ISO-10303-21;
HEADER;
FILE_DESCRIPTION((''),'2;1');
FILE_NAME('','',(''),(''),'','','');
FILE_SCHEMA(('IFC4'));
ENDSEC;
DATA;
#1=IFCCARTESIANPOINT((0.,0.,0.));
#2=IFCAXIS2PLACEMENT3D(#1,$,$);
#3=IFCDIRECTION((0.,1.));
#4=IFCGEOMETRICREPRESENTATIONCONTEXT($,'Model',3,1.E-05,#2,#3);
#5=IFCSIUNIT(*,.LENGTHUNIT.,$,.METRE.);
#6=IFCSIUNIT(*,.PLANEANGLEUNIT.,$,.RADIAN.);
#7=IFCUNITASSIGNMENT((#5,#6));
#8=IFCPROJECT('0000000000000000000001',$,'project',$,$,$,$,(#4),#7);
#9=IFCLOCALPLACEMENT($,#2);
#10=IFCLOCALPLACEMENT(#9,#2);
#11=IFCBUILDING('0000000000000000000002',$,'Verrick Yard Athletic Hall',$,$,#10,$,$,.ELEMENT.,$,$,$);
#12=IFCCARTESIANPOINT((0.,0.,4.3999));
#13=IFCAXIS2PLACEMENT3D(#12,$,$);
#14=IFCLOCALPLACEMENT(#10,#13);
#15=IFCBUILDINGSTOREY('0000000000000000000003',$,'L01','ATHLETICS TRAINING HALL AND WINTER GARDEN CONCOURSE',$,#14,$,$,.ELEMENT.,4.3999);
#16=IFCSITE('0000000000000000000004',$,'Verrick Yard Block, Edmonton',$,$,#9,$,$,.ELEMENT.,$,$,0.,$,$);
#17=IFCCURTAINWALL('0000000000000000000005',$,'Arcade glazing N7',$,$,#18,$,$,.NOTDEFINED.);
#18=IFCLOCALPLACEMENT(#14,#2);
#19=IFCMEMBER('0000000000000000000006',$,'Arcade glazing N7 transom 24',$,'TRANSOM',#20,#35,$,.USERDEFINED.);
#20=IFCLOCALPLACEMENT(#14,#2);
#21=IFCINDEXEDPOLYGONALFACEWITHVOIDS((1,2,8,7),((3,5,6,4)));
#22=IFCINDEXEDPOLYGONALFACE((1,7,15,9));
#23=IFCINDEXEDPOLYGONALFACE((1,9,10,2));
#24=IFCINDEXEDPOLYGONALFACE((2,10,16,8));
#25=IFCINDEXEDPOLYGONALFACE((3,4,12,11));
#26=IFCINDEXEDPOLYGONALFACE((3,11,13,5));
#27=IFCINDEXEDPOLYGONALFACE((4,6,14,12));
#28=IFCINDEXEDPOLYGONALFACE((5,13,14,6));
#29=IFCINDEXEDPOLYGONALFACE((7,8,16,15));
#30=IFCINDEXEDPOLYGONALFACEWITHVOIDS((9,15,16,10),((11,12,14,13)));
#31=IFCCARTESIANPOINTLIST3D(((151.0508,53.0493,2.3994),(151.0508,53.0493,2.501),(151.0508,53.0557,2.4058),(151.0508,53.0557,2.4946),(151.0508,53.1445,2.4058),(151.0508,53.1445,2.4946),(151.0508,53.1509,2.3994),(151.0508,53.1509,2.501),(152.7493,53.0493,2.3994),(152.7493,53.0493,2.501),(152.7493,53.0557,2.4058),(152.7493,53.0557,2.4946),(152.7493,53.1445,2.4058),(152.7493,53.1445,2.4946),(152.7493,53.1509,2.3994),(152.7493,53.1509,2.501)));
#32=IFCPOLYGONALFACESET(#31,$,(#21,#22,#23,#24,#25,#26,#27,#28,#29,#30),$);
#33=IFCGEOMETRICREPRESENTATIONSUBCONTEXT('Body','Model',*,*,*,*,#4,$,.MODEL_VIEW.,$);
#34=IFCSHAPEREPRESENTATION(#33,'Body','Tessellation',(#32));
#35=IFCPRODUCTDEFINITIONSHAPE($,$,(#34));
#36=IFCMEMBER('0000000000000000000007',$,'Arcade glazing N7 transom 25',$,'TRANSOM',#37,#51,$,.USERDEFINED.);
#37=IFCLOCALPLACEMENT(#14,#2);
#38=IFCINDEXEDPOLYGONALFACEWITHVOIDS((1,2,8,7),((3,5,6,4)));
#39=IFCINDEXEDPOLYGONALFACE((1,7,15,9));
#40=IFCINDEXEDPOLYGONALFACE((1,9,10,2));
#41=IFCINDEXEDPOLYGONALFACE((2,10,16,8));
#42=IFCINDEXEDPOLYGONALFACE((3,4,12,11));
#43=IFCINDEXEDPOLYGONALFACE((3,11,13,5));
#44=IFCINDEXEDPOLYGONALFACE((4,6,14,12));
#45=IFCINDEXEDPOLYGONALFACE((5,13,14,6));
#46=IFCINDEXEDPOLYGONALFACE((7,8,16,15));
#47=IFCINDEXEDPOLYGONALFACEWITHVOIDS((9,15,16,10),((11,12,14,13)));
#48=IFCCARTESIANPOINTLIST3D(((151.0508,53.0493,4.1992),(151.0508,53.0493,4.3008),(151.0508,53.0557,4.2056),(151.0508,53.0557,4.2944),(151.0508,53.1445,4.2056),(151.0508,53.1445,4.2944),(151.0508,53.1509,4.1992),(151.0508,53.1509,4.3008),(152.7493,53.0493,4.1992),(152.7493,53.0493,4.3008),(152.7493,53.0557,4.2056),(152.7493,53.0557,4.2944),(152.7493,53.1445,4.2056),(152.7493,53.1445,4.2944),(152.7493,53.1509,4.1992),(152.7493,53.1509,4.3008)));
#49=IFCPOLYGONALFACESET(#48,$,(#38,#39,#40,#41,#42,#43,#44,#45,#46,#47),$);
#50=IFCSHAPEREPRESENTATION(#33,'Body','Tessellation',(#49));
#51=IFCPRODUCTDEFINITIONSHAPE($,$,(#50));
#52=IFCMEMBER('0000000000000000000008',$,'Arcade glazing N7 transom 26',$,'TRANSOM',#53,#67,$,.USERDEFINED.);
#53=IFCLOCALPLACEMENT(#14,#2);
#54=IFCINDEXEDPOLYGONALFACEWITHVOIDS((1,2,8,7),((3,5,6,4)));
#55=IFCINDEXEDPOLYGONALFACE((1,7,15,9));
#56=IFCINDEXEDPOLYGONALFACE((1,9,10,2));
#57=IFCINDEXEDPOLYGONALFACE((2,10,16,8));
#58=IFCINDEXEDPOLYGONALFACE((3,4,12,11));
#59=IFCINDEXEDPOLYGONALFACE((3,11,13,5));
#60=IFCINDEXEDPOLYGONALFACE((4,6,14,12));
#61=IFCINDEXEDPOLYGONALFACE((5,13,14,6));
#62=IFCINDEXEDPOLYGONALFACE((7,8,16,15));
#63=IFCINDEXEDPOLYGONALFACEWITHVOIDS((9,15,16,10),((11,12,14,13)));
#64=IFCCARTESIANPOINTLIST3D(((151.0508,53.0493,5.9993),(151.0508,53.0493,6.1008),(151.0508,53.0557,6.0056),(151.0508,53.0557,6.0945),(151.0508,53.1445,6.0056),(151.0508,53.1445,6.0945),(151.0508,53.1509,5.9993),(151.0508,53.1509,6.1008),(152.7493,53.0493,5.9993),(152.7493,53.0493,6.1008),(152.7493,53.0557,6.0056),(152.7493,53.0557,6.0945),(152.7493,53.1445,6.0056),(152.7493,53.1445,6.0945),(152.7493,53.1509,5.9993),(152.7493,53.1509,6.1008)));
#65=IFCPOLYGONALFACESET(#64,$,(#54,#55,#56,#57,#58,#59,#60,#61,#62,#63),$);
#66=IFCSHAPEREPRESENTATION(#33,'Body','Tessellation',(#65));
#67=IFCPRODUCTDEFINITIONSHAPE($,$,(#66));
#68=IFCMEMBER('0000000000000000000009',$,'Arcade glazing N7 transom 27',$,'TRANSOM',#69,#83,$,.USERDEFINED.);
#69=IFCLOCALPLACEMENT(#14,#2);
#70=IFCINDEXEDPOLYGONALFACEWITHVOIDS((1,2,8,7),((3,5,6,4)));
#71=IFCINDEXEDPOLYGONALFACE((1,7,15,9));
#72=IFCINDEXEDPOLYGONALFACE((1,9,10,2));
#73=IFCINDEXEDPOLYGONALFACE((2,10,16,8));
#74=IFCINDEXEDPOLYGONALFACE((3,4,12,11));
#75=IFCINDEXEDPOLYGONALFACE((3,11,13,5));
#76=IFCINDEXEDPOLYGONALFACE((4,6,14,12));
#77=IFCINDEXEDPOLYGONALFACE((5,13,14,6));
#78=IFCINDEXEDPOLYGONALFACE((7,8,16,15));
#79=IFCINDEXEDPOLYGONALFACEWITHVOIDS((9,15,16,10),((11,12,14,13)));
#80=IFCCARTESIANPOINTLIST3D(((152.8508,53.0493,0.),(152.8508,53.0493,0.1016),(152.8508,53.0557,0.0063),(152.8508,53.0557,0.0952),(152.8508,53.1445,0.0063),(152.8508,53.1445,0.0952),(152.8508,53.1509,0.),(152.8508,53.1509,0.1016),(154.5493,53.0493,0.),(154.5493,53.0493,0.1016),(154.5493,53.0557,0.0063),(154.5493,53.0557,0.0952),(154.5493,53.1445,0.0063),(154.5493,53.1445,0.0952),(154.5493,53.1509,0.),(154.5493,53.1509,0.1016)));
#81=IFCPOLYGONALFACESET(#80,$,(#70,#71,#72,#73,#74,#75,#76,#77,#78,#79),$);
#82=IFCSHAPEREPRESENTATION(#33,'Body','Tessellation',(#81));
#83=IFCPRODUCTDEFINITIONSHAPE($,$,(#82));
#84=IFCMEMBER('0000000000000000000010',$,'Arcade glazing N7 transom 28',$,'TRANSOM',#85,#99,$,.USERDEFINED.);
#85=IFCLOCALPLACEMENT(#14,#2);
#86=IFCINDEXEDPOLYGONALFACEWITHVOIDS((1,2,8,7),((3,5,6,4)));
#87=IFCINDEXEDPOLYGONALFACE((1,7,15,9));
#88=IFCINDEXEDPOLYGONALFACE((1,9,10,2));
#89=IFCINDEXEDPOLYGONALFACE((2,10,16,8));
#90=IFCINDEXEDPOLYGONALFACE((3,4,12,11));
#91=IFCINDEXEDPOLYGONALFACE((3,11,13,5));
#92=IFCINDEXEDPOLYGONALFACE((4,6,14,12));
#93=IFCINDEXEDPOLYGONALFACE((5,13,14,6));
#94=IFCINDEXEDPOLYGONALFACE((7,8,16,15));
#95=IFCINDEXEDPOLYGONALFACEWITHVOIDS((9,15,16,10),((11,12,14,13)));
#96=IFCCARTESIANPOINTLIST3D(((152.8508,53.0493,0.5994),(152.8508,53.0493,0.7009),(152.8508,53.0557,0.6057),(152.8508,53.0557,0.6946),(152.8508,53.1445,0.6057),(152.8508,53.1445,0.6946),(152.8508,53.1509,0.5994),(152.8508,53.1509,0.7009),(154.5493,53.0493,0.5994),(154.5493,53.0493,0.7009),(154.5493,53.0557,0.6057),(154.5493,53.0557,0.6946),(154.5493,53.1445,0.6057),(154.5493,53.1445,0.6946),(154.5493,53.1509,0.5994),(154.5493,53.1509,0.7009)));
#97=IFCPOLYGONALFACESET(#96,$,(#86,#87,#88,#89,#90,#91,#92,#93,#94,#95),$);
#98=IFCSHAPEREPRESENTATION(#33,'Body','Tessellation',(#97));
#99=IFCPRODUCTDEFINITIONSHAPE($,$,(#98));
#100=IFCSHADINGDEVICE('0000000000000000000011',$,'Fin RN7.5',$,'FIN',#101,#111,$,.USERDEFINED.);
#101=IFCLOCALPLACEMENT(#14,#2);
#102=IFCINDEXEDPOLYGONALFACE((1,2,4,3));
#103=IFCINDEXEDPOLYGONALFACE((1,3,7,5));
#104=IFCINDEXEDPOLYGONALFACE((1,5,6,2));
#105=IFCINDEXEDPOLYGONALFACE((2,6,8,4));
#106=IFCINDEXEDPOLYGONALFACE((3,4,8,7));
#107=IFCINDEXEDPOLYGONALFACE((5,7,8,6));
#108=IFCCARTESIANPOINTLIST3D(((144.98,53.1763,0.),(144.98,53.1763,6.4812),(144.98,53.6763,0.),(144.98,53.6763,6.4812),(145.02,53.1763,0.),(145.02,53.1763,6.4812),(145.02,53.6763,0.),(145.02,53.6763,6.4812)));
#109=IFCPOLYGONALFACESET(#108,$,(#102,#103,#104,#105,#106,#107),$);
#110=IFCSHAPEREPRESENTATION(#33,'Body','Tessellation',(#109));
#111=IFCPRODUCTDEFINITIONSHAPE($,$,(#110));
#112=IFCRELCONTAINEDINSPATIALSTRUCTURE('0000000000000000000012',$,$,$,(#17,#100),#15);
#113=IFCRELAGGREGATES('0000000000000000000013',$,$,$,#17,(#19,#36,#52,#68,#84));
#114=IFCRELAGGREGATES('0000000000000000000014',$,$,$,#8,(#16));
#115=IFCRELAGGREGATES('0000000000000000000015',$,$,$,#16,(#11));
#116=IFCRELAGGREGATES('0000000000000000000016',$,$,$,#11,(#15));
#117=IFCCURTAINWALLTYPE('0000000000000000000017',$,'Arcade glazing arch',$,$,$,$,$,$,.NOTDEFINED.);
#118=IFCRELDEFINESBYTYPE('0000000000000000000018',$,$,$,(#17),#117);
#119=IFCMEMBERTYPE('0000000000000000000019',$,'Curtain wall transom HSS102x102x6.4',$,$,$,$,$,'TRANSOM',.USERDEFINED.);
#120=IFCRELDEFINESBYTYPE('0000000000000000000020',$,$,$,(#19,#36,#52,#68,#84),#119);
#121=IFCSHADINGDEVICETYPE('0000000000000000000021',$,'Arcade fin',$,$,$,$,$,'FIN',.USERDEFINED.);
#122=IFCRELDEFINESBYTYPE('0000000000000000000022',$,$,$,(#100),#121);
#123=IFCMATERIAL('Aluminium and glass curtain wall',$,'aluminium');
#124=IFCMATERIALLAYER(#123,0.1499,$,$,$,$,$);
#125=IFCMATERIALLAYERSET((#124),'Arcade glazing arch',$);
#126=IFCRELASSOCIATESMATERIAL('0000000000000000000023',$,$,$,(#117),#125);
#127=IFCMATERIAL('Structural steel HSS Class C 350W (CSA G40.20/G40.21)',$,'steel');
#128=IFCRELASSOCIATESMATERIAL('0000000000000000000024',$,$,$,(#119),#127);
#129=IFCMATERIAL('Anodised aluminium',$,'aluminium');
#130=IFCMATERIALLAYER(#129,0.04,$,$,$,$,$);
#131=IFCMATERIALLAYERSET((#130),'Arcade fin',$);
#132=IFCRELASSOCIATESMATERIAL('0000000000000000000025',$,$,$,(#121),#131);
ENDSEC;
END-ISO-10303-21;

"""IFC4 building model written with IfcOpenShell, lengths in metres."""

from ifc_helpers import new_model, si_unit, direction, frame, origin, origin_2d, place, context, subcontext, project, spatial, polyline, hollow_rectangle, outline, extrude, material, layer, layer_set, material_profile, profile_set, type_object, element, aggregate, save


model = new_model("IFC4")

# Units and contexts
model_context = context("Model", 3, precision=1e-05, world=origin(), true_north=direction((0.0, 1.0)))
body_context = subcontext(model_context, "Body", "Model", "MODEL_VIEW")
ifc_project = project(units=[si_unit("LENGTHUNIT", "METRE"), si_unit("PLANEANGLEUNIT", "RADIAN")], contexts=[model_context])

# Site, building, storey
site_placement = place(None, origin())
site = spatial("IfcSite", under=ifc_project, at=site_placement, Name="Verrick Yard Block, Edmonton", CompositionType="ELEMENT", RefElevation=0.0)
building_placement = place(site_placement, origin())
building = spatial("IfcBuilding", under=site, at=building_placement, Name="Verrick Yard Athletic Hall", CompositionType="ELEMENT")
storey_placement = place(building_placement, frame((0.0, 0.0, 4.3999)))
storey = spatial("IfcBuildingStorey", under=building, at=storey_placement, Name="L01", Description="ATHLETICS TRAINING HALL AND WINTER GARDEN CONCOURSE", CompositionType="ELEMENT", Elevation=4.3999)

# Curtain wall, members
ifc_material_1 = material(Name="Aluminium and glass curtain wall", Category="aluminium")
ifc_layer_1 = layer(ifc_material_1, 0.1499)
ifc_layer_set_1 = layer_set([ifc_layer_1], Name="Arcade glazing arch")
curtain_wall_type = type_object("IfcCurtainWallType", Name="Arcade glazing arch", PredefinedType="NOTDEFINED", material=ifc_layer_set_1)
curtain_wall_placement = place(storey_placement, origin())
curtain_wall = element("IfcCurtainWall", 1, at=curtain_wall_placement, inside=storey, type_object=curtain_wall_type, Name="Arcade glazing N7", PredefinedType="NOTDEFINED")
ifc_material_2 = material(Name="Structural steel HSS Class C 350W (CSA G40.20/G40.21)", Category="steel")
ifc_material_profile_1 = material_profile(ifc_material_2, hollow_rectangle(XDim=0.1016, YDim=0.1016, WallThickness=0.0063, at=origin_2d()), Name="HSS102x102x6.4")
ifc_profile_set_1 = profile_set([ifc_material_profile_1], Name="Structural steel HSS Class C 350W (CSA G40.20/G40.21)")
member_type_1 = type_object("IfcMemberType", Name="Curtain wall transom HSS102x102x6.4", ElementType="TRANSOM", PredefinedType="USERDEFINED", material=ifc_profile_set_1)
member_1_placement = place(storey_placement, frame((151.0508, 53.1001, 2.4502), z_axis=(1.0, 0.0, 0.0), x_axis=(0.0, 1.0, 0.0)))
member_1 = element("IfcMember", 2, at=member_1_placement, type_object=member_type_1, Name="Arcade glazing N7 transom 24", ObjectType="TRANSOM", PredefinedType="USERDEFINED", context=body_context, shape_type="SweptSolid", body=[
    extrude(hollow_rectangle(XDim=0.1016, YDim=0.1016, WallThickness=0.0063, at=origin_2d()), origin(), (0.0, 0.0, 1.0), 1.6985),
])
member_2_placement = place(storey_placement, frame((151.0508, 53.1001, 4.25), z_axis=(1.0, 0.0, 0.0), x_axis=(0.0, 1.0, 0.0)))
member_2 = element("IfcMember", 3, at=member_2_placement, type_object=member_type_1, Name="Arcade glazing N7 transom 25", ObjectType="TRANSOM", PredefinedType="USERDEFINED", context=body_context, shape_type="SweptSolid", body=[
    extrude(hollow_rectangle(XDim=0.1016, YDim=0.1016, WallThickness=0.0063, at=origin_2d()), origin(), (0.0, 0.0, 1.0), 1.6985),
])
member_3_placement = place(storey_placement, frame((151.0508, 53.1001, 6.05), z_axis=(1.0, 0.0, 0.0), x_axis=(0.0, 1.0, 0.0)))
member_3 = element("IfcMember", 4, at=member_3_placement, type_object=member_type_1, Name="Arcade glazing N7 transom 26", ObjectType="TRANSOM", PredefinedType="USERDEFINED", context=body_context, shape_type="SweptSolid", body=[
    extrude(hollow_rectangle(XDim=0.1016, YDim=0.1016, WallThickness=0.0063, at=origin_2d()), origin(), (0.0, 0.0, 1.0), 1.6985),
])
member_4_placement = place(storey_placement, frame((152.8508, 53.1001, 0.0508), z_axis=(1.0, 0.0, 0.0), x_axis=(0.0, 1.0, 0.0)))
member_4 = element("IfcMember", 5, at=member_4_placement, type_object=member_type_1, Name="Arcade glazing N7 transom 27", ObjectType="TRANSOM", PredefinedType="USERDEFINED", context=body_context, shape_type="SweptSolid", body=[
    extrude(hollow_rectangle(XDim=0.1016, YDim=0.1016, WallThickness=0.0063, at=origin_2d()), origin(), (0.0, 0.0, 1.0), 1.6985),
])
member_5_placement = place(storey_placement, frame((152.8508, 53.1001, 0.6501), z_axis=(1.0, 0.0, 0.0), x_axis=(0.0, 1.0, 0.0)))
member_5 = element("IfcMember", 6, at=member_5_placement, type_object=member_type_1, Name="Arcade glazing N7 transom 28", ObjectType="TRANSOM", PredefinedType="USERDEFINED", context=body_context, shape_type="SweptSolid", body=[
    extrude(hollow_rectangle(XDim=0.1016, YDim=0.1016, WallThickness=0.0063, at=origin_2d()), origin(), (0.0, 0.0, 1.0), 1.6985),
])
aggregate(curtain_wall, [member_1, member_2, member_3, member_4, member_5])

# Shading device
ifc_material_3 = material(Name="Anodised aluminium", Category="aluminium")
ifc_layer_2 = layer(ifc_material_3, 0.04)
ifc_layer_set_2 = layer_set([ifc_layer_2], Name="Arcade fin")
shading_device_type = type_object("IfcShadingDeviceType", Name="Arcade fin", ElementType="FIN", PredefinedType="USERDEFINED", material=ifc_layer_set_2)
shading_device_placement = place(storey_placement, frame((145.0, 53.1763, 0.0), z_axis=(0.0, 0.0, 1.0), x_axis=(0.0, 1.0, 0.0)))
element("IfcShadingDevice", 7, at=shading_device_placement, inside=storey, type_object=shading_device_type, Name="Fin RN7.5", ObjectType="FIN", PredefinedType="USERDEFINED", context=body_context, shape_type="SweptSolid", body=[
    extrude(outline(polyline([(0.0, 0.0), (0.5, 0.0), (0.5, 6.4812), (0.0, 6.4812), (0.0, 0.0)])), frame((0.0, 0.02, 0.0), z_axis=(0.0, -1.0, 0.0), x_axis=(1.0, 0.0, 0.0)), (0.0, 0.0, 1.0), 0.04),
])

save(model, "model.ifc")
